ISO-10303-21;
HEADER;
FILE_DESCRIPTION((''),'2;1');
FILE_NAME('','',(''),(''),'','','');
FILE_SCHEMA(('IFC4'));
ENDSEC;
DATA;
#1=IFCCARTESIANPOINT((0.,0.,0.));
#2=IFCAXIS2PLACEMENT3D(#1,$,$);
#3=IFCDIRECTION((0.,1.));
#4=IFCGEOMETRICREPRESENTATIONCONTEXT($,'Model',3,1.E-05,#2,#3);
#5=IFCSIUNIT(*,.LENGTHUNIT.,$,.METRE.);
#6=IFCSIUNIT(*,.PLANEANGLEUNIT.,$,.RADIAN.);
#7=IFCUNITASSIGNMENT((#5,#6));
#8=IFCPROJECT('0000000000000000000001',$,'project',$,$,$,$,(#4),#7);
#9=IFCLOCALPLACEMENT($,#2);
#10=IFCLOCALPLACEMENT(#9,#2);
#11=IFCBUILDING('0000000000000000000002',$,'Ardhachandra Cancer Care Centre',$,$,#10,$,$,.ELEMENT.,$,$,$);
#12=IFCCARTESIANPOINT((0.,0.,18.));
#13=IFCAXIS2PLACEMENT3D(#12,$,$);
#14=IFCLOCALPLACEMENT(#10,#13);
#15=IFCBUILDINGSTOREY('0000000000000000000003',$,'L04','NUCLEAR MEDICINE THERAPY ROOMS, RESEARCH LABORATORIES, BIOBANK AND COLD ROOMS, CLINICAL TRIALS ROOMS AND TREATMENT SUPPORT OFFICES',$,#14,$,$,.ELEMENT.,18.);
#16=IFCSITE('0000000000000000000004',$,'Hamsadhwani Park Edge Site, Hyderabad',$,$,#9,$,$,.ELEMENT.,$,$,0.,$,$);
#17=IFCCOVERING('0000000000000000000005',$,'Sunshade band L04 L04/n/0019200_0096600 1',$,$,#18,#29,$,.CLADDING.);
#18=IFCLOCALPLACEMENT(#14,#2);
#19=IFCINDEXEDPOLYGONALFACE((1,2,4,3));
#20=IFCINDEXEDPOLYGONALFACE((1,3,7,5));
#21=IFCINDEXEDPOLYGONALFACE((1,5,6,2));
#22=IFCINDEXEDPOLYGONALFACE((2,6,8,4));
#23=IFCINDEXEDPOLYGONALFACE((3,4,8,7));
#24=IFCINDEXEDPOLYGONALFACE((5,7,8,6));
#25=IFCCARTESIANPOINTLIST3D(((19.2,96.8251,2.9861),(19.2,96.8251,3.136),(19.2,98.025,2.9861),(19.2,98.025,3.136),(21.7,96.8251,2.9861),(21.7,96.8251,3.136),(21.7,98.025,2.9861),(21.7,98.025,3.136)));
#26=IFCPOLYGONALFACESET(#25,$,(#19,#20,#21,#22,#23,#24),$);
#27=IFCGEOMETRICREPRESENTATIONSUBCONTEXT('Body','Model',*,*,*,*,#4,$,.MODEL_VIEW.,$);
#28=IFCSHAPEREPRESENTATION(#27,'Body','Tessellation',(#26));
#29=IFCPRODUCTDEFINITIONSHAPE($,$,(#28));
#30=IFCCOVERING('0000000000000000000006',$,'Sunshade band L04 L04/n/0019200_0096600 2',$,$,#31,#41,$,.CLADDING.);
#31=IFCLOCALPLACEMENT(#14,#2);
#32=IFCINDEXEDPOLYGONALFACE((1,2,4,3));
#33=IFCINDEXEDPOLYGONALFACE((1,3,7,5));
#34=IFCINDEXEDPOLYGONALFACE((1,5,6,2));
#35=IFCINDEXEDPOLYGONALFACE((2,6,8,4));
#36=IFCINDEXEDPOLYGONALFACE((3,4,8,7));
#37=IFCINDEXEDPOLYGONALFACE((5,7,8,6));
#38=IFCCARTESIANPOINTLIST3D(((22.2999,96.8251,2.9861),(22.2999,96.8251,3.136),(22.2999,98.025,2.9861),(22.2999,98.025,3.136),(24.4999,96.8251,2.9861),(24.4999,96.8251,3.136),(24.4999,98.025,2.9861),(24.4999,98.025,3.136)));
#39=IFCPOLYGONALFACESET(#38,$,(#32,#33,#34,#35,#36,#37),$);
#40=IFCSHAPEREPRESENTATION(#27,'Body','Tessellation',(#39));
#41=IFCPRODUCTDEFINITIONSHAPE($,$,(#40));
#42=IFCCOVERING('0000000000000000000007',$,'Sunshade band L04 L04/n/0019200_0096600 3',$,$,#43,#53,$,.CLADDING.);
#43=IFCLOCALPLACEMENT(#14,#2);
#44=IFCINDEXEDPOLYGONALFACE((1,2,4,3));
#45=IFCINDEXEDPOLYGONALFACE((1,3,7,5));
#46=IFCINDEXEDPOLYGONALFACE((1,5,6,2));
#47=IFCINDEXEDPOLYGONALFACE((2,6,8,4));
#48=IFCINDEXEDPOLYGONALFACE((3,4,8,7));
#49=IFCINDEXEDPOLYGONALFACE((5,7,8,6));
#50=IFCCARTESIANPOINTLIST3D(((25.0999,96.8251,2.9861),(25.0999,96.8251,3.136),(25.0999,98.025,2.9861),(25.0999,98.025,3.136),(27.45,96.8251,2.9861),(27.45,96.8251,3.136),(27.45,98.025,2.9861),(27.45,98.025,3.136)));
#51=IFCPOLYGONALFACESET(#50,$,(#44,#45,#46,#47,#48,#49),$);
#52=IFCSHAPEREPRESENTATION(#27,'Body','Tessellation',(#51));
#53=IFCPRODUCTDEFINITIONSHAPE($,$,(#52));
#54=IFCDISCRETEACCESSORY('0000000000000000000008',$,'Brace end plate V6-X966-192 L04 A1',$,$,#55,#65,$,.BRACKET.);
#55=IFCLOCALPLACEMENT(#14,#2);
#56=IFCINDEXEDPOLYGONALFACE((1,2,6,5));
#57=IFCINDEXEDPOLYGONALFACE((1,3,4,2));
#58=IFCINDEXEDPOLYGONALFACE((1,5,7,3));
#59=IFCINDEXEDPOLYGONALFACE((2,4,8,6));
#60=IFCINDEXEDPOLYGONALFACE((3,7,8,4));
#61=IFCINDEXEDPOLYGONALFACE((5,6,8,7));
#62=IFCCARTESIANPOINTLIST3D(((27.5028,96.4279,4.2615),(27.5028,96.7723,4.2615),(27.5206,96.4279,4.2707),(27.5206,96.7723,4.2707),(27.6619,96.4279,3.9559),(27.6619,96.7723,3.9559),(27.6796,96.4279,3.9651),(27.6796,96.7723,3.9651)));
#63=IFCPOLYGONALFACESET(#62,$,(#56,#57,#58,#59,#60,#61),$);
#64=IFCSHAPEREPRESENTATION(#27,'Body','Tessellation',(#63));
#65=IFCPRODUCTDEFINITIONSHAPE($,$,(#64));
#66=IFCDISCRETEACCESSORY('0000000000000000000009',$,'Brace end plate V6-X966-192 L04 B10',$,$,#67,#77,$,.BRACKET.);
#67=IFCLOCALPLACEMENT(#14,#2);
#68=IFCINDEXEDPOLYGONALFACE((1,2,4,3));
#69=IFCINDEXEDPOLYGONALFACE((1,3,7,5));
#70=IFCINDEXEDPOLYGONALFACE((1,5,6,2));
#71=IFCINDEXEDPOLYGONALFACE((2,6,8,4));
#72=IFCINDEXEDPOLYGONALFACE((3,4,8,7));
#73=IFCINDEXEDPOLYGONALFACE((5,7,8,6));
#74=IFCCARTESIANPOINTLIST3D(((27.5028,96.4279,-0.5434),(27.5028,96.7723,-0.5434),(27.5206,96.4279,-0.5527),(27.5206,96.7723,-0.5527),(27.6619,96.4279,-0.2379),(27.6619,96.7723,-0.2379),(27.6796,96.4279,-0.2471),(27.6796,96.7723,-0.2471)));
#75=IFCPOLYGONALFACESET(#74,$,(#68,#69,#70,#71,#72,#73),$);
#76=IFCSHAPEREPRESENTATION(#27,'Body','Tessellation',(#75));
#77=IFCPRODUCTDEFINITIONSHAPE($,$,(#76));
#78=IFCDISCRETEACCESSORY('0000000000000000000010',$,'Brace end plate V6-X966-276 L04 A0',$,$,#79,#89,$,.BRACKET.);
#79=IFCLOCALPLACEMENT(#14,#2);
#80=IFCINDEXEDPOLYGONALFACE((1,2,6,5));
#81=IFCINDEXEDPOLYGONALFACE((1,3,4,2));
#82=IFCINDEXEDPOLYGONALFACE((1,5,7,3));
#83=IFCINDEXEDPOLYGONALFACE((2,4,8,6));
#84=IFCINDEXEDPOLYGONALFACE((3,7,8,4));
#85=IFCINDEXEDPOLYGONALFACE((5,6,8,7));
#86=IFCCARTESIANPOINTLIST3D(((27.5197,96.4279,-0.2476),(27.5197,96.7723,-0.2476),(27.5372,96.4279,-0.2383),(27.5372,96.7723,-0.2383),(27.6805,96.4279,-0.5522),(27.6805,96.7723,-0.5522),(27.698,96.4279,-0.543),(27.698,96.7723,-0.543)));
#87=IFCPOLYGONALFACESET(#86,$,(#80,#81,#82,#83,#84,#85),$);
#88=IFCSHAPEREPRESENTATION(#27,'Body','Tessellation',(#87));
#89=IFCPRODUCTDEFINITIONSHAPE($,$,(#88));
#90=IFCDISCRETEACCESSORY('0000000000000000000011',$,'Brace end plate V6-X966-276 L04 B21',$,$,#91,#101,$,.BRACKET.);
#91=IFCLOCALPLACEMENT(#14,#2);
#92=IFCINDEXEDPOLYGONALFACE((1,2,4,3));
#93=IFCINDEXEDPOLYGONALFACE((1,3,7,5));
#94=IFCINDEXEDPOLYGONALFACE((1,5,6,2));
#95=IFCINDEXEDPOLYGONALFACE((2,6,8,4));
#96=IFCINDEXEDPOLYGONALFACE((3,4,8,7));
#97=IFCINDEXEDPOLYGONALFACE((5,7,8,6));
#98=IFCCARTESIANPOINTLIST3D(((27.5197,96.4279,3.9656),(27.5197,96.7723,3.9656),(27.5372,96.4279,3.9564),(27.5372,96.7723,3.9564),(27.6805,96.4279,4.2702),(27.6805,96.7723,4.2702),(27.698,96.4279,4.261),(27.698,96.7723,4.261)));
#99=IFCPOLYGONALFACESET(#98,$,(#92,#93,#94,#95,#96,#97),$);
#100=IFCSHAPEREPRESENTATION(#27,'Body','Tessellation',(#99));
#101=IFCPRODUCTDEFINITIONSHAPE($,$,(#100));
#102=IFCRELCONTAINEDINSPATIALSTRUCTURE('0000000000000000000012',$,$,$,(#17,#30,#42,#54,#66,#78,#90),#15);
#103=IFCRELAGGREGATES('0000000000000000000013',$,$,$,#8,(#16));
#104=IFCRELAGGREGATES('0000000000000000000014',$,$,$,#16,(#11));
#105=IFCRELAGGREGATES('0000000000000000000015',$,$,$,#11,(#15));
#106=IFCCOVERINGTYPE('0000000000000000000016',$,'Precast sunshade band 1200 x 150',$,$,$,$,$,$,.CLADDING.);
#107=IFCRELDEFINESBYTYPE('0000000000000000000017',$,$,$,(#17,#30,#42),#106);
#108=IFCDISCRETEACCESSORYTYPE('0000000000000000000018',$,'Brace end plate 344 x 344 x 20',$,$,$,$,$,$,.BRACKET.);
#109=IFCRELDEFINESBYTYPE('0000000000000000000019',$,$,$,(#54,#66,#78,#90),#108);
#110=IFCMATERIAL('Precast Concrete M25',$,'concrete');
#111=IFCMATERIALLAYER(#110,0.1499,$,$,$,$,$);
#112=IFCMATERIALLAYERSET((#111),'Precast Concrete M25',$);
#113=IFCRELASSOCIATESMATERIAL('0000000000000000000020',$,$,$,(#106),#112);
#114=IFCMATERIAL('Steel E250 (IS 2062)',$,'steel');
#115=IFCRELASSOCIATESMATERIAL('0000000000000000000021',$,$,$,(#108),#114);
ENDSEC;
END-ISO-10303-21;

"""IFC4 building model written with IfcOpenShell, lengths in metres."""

from ifc_helpers import new_model, si_unit, direction, frame, origin, origin_2d, place, context, subcontext, project, spatial, rectangle, extrude, material, layer, layer_set, material_profile, profile_set, type_object, element, save


model = new_model("IFC4")

# Units and contexts
model_context = context("Model", 3, precision=1e-05, world=origin(), true_north=direction((0.0, 1.0)))
body_context = subcontext(model_context, "Body", "Model", "MODEL_VIEW")
ifc_project = project(units=[si_unit("LENGTHUNIT", "METRE"), si_unit("PLANEANGLEUNIT", "RADIAN")], contexts=[model_context])

# Site, building, storey
site_placement = place(None, origin())
site = spatial("IfcSite", under=ifc_project, at=site_placement, Name="Hamsadhwani Park Edge Site, Hyderabad", CompositionType="ELEMENT", RefElevation=0.0)
building_placement = place(site_placement, origin())
building = spatial("IfcBuilding", under=site, at=building_placement, Name="Ardhachandra Cancer Care Centre", CompositionType="ELEMENT")
storey_placement = place(building_placement, frame((0.0, 0.0, 18.0)))
storey = spatial("IfcBuildingStorey", under=building, at=storey_placement, Name="L04", Description="NUCLEAR MEDICINE THERAPY ROOMS, RESEARCH LABORATORIES, BIOBANK AND COLD ROOMS, CLINICAL TRIALS ROOMS AND TREATMENT SUPPORT OFFICES", CompositionType="ELEMENT", Elevation=18.0)

# Coverings
ifc_material_1 = material(Name="Precast Concrete M25", Category="concrete")
ifc_layer_1 = layer(ifc_material_1, 0.1499)
ifc_layer_set_1 = layer_set([ifc_layer_1], Name="Precast Concrete M25")
covering_type_1 = type_object("IfcCoveringType", Name="Precast sunshade band 1200 x 150", PredefinedType="CLADDING", material=ifc_layer_set_1)
covering_1_placement = place(storey_placement, frame((20.45, 97.425, 2.9861), z_axis=(0.0, 0.0, 1.0), x_axis=(1.0, 0.0, 0.0)))
element("IfcCovering", 1, at=covering_1_placement, inside=storey, type_object=covering_type_1, Name="Sunshade band L04 L04/n/0019200_0096600 1", PredefinedType="CLADDING", context=body_context, shape_type="SweptSolid", body=[
    extrude(rectangle(XDim=2.5, YDim=1.2, at=origin_2d()), origin(), (0.0, 0.0, 1.0), 0.1499),
])
covering_2_placement = place(storey_placement, frame((23.3999, 97.425, 2.9861), z_axis=(0.0, 0.0, 1.0), x_axis=(1.0, 0.0, 0.0)))
element("IfcCovering", 2, at=covering_2_placement, inside=storey, type_object=covering_type_1, Name="Sunshade band L04 L04/n/0019200_0096600 2", PredefinedType="CLADDING", context=body_context, shape_type="SweptSolid", body=[
    extrude(rectangle(XDim=2.2, YDim=1.2, at=origin_2d()), origin(), (0.0, 0.0, 1.0), 0.1499),
])
covering_3_placement = place(storey_placement, frame((26.2749, 97.425, 2.9861), z_axis=(0.0, 0.0, 1.0), x_axis=(1.0, 0.0, 0.0)))
element("IfcCovering", 3, at=covering_3_placement, inside=storey, type_object=covering_type_1, Name="Sunshade band L04 L04/n/0019200_0096600 3", PredefinedType="CLADDING", context=body_context, shape_type="SweptSolid", body=[
    extrude(rectangle(XDim=2.3501, YDim=1.2, at=origin_2d()), origin(), (0.0, 0.0, 1.0), 0.1499),
])

# Discrete accessories
ifc_material_2 = material(Name="Steel E250 (IS 2062)", Category="steel")
ifc_material_profile_1 = material_profile(ifc_material_2, rectangle(XDim=0.3445, YDim=0.3445, at=origin_2d()), Name="PL 344x344x20")
ifc_profile_set_1 = profile_set([ifc_material_profile_1], Name="Steel E250 (IS 2062)")
discrete_accessory_type = type_object("IfcDiscreteAccessoryType", Name="Brace end plate 344 x 344 x 20", PredefinedType="BRACKET", material=ifc_profile_set_1)
for number, where, z_axis, x_axis, name in (
    (4, (27.6001, 96.6001, 4.1179), (-0.887018, 0.0, -0.461735), (0.0, -1.0, 0.0), "Brace end plate V6-X966-192 L04 A1"),
    (5, (27.6001, 96.6001, -0.3999), (-0.887018, 0.0, 0.461735), (0.0, -1.0, 0.0), "Brace end plate V6-X966-192 L04 B10"),
):
    element("IfcDiscreteAccessory", number, at=place(storey_placement, frame(where, z_axis=z_axis, x_axis=x_axis)), inside=storey, type_object=discrete_accessory_type, Name=name, PredefinedType="BRACKET", context=body_context, shape_type="SweptSolid", body=[
        extrude(rectangle(XDim=0.3445, YDim=0.3445, at=origin_2d()), origin(), (0.0, 0.0, 1.0), 0.02),
    ])
for number, where, z_axis, x_axis, name in (
    (6, (27.6001, 96.6001, -0.3999), (0.884385, 0.0, 0.466759), (0.0, 1.0, 0.0), "Brace end plate V6-X966-276 L04 A0"),
    (7, (27.6001, 96.6001, 4.1179), (0.884385, 0.0, -0.466759), (0.0, 1.0, 0.0), "Brace end plate V6-X966-276 L04 B21"),
):
    element("IfcDiscreteAccessory", number, at=place(storey_placement, frame(where, z_axis=z_axis, x_axis=x_axis)), inside=storey, type_object=discrete_accessory_type, Name=name, PredefinedType="BRACKET", context=body_context, shape_type="SweptSolid", body=[
        extrude(rectangle(XDim=0.3445, YDim=0.3445, at=origin_2d()), origin(), (0.0, 0.0, 1.0), 0.0198),
    ])

save(model, "model.ifc")
